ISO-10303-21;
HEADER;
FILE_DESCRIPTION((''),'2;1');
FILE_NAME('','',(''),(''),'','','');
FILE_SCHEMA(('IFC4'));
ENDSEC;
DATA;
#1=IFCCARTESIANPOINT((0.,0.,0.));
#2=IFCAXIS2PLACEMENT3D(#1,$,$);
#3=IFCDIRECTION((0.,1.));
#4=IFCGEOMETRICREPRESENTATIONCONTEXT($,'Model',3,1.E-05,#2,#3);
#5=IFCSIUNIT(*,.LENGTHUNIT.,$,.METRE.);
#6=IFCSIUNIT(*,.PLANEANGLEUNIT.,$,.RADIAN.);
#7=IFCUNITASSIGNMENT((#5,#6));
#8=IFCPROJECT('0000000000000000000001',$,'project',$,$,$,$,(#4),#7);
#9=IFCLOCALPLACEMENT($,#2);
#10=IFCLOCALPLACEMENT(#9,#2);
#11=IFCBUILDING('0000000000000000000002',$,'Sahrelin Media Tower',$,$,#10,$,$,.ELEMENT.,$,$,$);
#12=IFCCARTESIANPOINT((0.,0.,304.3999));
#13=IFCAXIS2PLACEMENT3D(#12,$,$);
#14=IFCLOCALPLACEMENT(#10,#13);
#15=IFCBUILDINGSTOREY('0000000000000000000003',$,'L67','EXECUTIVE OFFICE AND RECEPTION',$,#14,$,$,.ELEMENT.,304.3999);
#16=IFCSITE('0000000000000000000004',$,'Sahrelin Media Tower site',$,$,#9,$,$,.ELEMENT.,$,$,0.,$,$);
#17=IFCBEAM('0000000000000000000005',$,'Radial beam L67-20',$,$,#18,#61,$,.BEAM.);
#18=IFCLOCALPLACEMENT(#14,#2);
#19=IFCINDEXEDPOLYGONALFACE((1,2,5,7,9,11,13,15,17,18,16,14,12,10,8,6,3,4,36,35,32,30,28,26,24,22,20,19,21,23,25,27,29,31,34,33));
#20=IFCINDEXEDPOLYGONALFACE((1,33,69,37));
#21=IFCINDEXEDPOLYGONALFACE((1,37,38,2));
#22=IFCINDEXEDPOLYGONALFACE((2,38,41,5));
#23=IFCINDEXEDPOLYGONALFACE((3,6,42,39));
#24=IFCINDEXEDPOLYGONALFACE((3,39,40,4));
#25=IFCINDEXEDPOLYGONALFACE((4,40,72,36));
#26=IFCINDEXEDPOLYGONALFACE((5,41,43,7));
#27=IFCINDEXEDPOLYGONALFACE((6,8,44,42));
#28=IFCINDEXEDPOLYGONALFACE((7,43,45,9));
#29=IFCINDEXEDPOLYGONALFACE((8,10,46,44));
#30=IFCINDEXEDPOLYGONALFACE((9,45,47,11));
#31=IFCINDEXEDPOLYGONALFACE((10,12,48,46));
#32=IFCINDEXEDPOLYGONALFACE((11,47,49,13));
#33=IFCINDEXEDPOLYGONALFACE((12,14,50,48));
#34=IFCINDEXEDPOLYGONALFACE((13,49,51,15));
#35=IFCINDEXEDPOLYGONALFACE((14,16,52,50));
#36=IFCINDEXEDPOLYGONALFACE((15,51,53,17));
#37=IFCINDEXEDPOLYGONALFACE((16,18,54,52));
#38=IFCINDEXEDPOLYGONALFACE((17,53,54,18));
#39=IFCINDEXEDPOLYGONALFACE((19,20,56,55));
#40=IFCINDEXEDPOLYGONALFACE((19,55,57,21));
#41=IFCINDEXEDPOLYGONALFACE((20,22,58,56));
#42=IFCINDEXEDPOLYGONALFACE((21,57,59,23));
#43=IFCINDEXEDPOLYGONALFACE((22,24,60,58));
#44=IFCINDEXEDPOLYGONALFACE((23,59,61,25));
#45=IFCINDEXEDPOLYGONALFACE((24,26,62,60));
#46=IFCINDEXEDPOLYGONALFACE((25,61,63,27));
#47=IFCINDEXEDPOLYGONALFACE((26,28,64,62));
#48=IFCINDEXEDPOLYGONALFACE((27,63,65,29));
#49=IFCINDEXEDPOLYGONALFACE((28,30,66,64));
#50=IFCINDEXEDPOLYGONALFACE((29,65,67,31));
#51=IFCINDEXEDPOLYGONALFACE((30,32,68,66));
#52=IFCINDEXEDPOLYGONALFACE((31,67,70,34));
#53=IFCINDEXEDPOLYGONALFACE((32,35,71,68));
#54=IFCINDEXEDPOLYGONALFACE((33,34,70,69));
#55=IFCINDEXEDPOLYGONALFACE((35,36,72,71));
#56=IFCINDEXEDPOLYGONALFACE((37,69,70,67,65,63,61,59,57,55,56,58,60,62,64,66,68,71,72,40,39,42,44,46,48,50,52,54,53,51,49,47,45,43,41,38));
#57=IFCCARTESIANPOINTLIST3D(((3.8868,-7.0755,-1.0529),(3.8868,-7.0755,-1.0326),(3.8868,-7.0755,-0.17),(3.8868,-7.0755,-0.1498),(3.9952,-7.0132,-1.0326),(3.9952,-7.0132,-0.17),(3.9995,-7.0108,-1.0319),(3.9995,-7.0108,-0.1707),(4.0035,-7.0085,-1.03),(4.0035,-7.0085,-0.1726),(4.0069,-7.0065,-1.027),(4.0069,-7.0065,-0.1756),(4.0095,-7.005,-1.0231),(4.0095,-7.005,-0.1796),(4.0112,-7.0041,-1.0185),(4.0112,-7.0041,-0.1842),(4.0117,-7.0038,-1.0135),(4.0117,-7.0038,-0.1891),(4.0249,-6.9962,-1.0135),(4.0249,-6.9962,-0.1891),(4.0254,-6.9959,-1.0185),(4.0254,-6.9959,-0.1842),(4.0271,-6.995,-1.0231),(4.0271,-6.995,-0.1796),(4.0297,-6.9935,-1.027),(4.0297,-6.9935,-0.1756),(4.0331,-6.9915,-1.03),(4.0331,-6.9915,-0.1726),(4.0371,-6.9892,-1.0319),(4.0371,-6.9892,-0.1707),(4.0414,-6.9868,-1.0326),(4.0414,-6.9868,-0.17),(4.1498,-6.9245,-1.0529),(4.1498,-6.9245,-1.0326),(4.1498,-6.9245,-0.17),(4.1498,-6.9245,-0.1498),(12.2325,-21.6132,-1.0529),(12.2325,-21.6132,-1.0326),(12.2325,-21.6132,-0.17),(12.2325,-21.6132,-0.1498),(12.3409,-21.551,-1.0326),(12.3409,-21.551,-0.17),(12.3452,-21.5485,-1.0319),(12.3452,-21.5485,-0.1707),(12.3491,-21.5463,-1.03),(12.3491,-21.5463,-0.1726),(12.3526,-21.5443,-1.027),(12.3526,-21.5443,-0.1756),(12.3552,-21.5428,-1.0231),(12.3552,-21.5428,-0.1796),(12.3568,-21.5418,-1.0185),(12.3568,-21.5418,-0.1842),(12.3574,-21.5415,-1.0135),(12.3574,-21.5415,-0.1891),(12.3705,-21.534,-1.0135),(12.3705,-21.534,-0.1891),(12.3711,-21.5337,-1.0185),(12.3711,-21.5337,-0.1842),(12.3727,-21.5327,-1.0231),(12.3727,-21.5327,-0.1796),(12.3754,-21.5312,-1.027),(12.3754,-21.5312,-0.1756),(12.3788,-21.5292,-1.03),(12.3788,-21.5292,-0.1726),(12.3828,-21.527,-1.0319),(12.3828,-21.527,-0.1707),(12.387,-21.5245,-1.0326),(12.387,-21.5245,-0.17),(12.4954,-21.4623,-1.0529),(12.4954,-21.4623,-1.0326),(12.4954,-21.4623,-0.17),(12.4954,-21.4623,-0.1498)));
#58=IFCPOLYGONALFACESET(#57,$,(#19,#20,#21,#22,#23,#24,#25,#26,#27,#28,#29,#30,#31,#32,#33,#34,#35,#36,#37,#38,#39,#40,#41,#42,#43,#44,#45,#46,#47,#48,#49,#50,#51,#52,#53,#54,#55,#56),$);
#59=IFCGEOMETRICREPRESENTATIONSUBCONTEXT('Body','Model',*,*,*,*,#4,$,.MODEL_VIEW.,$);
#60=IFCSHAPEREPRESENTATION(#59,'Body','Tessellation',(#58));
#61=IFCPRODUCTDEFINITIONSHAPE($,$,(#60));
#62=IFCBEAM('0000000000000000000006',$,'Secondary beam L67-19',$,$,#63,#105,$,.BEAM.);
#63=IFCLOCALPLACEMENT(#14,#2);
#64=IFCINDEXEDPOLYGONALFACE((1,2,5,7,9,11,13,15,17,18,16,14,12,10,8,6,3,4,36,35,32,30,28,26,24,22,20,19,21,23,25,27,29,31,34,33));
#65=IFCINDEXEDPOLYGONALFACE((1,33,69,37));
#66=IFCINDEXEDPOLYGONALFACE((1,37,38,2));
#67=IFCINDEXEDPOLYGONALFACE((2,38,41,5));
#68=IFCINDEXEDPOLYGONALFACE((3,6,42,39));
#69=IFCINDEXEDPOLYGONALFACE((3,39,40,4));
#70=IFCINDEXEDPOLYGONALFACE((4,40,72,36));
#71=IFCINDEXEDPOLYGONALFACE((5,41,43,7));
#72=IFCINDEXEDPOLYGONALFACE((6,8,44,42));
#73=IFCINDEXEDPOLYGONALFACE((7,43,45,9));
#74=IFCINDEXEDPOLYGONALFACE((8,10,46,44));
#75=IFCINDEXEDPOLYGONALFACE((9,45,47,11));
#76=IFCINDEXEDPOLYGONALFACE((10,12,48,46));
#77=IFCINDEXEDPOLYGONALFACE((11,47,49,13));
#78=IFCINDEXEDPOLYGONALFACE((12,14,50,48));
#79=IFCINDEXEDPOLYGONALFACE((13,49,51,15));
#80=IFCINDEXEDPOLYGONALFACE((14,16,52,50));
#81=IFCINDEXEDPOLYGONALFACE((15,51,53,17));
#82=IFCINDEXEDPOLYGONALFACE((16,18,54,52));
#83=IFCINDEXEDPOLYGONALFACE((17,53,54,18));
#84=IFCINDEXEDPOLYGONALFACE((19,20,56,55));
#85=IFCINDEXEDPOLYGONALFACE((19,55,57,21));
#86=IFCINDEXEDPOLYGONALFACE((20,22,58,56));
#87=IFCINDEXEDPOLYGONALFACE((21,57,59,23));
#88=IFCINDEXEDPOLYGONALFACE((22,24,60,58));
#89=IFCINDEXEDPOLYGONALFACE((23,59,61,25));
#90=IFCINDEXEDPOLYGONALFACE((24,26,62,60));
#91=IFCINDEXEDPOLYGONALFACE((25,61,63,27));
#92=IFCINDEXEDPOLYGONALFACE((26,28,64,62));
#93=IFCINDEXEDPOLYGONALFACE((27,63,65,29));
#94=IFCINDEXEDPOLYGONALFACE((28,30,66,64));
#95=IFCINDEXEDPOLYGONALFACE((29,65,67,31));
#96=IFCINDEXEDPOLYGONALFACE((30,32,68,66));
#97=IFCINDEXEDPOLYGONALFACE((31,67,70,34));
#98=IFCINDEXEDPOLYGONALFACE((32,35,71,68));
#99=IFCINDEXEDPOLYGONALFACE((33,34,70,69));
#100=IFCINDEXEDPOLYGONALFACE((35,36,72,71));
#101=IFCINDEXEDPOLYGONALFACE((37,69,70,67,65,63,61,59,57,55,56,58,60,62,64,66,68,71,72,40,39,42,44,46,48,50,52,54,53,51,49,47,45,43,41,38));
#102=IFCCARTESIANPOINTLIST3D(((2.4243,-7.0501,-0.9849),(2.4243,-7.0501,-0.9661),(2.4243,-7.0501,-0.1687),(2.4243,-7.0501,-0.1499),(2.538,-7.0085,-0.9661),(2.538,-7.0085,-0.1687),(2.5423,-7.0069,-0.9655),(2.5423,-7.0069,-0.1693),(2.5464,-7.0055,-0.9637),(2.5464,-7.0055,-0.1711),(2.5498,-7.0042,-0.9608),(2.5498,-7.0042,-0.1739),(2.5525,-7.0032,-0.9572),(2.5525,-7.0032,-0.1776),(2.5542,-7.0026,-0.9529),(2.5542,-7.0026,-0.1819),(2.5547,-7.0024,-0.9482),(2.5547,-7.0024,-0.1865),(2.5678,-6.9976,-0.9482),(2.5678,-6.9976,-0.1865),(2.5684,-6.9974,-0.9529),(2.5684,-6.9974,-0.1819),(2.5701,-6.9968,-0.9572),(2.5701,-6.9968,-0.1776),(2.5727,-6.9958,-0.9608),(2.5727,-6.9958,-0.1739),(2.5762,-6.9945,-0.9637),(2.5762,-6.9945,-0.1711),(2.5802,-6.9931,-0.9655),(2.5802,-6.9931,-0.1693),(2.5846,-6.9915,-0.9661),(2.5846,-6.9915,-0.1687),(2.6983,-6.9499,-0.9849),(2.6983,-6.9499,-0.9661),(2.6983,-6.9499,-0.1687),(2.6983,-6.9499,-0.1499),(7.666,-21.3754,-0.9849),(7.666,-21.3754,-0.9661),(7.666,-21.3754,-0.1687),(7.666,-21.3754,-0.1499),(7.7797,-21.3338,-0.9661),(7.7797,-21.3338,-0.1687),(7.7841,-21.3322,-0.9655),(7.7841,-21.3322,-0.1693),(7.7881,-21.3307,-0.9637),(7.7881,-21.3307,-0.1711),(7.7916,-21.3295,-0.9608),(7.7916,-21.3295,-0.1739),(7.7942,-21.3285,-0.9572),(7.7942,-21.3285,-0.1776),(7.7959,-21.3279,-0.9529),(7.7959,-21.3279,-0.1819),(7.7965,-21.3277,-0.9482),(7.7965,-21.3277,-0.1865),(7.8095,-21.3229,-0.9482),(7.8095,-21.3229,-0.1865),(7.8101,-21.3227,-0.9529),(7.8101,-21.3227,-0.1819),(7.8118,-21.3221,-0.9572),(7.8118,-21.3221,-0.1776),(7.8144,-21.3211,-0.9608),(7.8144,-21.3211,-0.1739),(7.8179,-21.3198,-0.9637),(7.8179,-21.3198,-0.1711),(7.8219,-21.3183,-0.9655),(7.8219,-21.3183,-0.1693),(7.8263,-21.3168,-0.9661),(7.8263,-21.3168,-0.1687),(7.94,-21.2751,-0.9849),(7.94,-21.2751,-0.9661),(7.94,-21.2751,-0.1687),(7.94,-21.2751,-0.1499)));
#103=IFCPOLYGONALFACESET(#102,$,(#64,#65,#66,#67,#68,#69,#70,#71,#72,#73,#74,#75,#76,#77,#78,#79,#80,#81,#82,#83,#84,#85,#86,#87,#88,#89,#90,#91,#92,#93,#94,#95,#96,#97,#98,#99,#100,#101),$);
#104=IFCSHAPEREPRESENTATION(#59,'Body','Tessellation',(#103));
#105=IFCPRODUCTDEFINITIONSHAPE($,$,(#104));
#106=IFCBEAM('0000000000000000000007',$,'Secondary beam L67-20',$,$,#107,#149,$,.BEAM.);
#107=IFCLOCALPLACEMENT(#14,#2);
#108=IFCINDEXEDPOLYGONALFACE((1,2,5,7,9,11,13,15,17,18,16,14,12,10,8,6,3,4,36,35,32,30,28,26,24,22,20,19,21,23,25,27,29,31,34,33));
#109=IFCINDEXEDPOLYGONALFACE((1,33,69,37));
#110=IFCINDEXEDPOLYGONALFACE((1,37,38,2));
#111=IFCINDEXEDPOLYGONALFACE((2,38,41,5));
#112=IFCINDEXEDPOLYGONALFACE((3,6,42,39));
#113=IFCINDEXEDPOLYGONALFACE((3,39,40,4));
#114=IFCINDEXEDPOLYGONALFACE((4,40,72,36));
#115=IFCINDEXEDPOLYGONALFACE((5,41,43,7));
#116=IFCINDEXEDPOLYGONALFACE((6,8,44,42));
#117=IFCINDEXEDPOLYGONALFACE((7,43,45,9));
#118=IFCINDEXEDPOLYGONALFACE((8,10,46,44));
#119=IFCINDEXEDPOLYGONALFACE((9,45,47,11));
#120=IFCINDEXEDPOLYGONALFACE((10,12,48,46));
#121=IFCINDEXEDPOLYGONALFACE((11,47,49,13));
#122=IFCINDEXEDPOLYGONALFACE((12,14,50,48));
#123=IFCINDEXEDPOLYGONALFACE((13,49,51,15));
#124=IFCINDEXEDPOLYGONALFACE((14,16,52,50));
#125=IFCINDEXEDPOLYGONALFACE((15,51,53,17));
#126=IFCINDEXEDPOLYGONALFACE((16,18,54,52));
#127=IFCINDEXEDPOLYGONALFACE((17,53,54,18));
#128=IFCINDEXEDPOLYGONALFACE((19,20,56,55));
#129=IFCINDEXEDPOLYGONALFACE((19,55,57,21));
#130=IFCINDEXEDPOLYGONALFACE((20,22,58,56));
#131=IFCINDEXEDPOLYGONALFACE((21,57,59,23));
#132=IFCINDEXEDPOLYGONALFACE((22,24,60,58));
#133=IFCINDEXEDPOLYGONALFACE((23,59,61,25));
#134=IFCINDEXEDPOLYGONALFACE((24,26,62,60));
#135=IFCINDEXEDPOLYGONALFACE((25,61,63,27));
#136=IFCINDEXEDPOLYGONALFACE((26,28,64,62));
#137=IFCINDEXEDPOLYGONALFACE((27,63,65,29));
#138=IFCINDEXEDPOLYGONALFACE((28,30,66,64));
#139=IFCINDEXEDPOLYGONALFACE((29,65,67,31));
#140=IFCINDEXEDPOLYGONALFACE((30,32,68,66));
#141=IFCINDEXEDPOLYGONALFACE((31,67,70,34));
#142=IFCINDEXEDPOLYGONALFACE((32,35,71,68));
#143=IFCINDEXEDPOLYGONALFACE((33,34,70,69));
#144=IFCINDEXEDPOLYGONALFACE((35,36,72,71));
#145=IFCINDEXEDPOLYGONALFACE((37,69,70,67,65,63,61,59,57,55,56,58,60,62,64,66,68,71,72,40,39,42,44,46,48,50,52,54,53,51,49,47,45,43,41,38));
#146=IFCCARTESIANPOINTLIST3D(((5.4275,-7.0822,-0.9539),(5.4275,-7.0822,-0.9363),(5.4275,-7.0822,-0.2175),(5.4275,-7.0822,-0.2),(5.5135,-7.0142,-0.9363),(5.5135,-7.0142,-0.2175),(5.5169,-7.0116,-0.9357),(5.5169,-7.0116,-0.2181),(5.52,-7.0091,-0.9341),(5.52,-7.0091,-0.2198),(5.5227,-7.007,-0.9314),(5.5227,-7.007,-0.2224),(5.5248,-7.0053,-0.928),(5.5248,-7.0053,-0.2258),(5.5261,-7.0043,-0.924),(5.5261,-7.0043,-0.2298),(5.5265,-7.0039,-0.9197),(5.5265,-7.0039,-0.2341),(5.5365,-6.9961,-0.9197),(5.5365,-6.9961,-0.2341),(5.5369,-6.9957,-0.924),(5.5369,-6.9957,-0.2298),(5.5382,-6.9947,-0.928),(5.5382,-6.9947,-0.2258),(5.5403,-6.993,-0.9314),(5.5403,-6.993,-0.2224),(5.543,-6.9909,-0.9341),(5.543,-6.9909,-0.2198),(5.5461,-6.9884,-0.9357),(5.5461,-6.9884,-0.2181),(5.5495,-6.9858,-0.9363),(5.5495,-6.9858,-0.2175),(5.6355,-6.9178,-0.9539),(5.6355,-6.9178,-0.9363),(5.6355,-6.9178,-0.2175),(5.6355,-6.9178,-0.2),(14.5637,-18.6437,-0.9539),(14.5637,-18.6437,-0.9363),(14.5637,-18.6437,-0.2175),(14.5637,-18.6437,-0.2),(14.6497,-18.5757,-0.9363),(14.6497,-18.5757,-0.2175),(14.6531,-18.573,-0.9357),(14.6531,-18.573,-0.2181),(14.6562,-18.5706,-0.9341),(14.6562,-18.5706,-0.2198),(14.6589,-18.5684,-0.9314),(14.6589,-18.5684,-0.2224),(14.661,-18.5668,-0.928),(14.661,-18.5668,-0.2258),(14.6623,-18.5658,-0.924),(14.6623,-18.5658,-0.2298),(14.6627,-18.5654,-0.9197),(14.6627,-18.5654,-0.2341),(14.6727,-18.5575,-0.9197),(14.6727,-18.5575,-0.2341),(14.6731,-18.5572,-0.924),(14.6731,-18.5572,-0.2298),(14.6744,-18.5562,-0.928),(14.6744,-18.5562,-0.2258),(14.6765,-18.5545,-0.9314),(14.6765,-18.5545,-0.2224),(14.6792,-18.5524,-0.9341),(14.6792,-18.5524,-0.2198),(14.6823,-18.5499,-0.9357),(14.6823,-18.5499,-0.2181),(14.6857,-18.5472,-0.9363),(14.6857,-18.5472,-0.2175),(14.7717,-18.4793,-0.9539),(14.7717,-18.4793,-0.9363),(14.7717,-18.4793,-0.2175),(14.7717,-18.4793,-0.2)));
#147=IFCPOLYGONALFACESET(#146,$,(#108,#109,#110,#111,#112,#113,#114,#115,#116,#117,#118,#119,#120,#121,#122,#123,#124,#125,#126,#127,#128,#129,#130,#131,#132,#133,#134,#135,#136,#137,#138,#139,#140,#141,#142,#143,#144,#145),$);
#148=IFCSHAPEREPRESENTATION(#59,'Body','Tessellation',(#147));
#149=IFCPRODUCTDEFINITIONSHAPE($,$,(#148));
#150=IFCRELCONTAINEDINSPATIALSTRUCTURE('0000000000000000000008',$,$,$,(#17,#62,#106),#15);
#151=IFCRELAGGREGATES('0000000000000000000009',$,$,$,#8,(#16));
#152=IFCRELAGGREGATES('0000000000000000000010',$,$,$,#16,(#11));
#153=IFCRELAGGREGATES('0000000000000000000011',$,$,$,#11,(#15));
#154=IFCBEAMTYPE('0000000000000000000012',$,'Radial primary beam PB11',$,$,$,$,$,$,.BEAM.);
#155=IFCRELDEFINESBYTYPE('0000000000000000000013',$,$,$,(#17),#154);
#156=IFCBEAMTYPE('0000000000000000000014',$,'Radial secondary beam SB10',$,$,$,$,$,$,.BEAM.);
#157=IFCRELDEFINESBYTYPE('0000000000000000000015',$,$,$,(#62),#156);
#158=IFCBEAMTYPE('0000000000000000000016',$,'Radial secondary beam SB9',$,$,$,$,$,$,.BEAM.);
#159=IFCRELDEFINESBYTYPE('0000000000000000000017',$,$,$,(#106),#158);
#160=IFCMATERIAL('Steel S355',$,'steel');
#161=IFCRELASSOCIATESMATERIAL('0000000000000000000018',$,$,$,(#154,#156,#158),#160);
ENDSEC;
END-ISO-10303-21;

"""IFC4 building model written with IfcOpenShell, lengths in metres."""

from ifc_helpers import new_model, si_unit, direction, frame, origin, origin_2d, place, context, subcontext, project, spatial, i_section, extrude, material, material_profile, profile_set, type_object, element, save


model = new_model("IFC4")

# Units and contexts
model_context = context("Model", 3, precision=1e-05, world=origin(), true_north=direction((0.0, 1.0)))
body_context = subcontext(model_context, "Body", "Model", "MODEL_VIEW")
ifc_project = project(units=[si_unit("LENGTHUNIT", "METRE"), si_unit("PLANEANGLEUNIT", "RADIAN")], contexts=[model_context])

# Site, building, storey
site_placement = place(None, origin())
site = spatial("IfcSite", under=ifc_project, at=site_placement, Name="Sahrelin Media Tower site", CompositionType="ELEMENT", RefElevation=0.0)
building_placement = place(site_placement, origin())
building = spatial("IfcBuilding", under=site, at=building_placement, Name="Sahrelin Media Tower", CompositionType="ELEMENT")
storey_placement = place(building_placement, frame((0.0, 0.0, 304.3999)))
storey = spatial("IfcBuildingStorey", under=building, at=storey_placement, Name="L67", Description="EXECUTIVE OFFICE AND RECEPTION", CompositionType="ELEMENT", Elevation=304.3999)

# Shared definitions
ifc_material_1 = material(Name="Steel S355", Category="steel")

# Beams
ifc_material_profile_1 = material_profile(ifc_material_1, i_section(OverallWidth=0.3032, OverallDepth=0.9031, WebThickness=0.0151, FlangeThickness=0.0203, FilletRadius=0.019, at=origin_2d()), Name="UB 914x305x201")
ifc_profile_set_1 = profile_set([ifc_material_profile_1], Name="Steel S355")
beam_type_1 = type_object("IfcBeamType", Name="Radial primary beam PB11", PredefinedType="BEAM", material=ifc_profile_set_1)
beam_1_placement = place(storey_placement, frame((4.0183, -7.0, -0.6013), z_axis=(0.497863, -0.867256, 0.0), x_axis=(0.867256, 0.497863, 0.0)))
element("IfcBeam", 1, at=beam_1_placement, inside=storey, type_object=beam_type_1, Name="Radial beam L67-20", PredefinedType="BEAM", context=body_context, shape_type="SweptSolid", body=[
    extrude(i_section(OverallWidth=0.3032, OverallDepth=0.9031, WebThickness=0.0151, FlangeThickness=0.0203, FilletRadius=0.019, at=origin_2d()), origin(), (0.0, 0.0, 1.0), 16.7629),
])
ifc_material_profile_2 = material_profile(ifc_material_1, i_section(OverallWidth=0.2917, OverallDepth=0.835, WebThickness=0.0139, FlangeThickness=0.0188, FilletRadius=0.0178, at=origin_2d()), Name="UB 838x292x176")
ifc_profile_set_2 = profile_set([ifc_material_profile_2], Name="Steel S355")
beam_type_2 = type_object("IfcBeamType", Name="Radial secondary beam SB10", PredefinedType="BEAM", material=ifc_profile_set_2)
beam_2_placement = place(storey_placement, frame((2.5613, -7.0, -0.5674), z_axis=(0.343626, -0.939106, 0.0), x_axis=(0.939106, 0.343626, 0.0)))
element("IfcBeam", 2, at=beam_2_placement, inside=storey, type_object=beam_type_2, Name="Secondary beam L67-19", PredefinedType="BEAM", context=body_context, shape_type="SweptSolid", body=[
    extrude(i_section(OverallWidth=0.2917, OverallDepth=0.835, WebThickness=0.0139, FlangeThickness=0.0188, FilletRadius=0.0178, at=origin_2d()), origin(), (0.0, 0.0, 1.0), 15.2542),
])
ifc_material_profile_3 = material_profile(ifc_material_1, i_section(OverallWidth=0.2651, OverallDepth=0.7539, WebThickness=0.0127, FlangeThickness=0.0176, FilletRadius=0.0166, at=origin_2d()), Name="UB 762x267x147")
ifc_profile_set_3 = profile_set([ifc_material_profile_3], Name="Steel S355")
beam_type_3 = type_object("IfcBeamType", Name="Radial secondary beam SB9", PredefinedType="BEAM", material=ifc_profile_set_3)
beam_3_placement = place(storey_placement, frame((5.5315, -7.0, -0.5769), z_axis=(0.620008, -0.784595, 0.0), x_axis=(0.784595, 0.620008, 0.0)))
element("IfcBeam", 3, at=beam_3_placement, inside=storey, type_object=beam_type_3, Name="Secondary beam L67-20", PredefinedType="BEAM", context=body_context, shape_type="SweptSolid", body=[
    extrude(i_section(OverallWidth=0.2651, OverallDepth=0.7539, WebThickness=0.0127, FlangeThickness=0.0176, FilletRadius=0.0166, at=origin_2d()), origin(), (0.0, 0.0, 1.0), 14.7356),
])

save(model, "model.ifc")
